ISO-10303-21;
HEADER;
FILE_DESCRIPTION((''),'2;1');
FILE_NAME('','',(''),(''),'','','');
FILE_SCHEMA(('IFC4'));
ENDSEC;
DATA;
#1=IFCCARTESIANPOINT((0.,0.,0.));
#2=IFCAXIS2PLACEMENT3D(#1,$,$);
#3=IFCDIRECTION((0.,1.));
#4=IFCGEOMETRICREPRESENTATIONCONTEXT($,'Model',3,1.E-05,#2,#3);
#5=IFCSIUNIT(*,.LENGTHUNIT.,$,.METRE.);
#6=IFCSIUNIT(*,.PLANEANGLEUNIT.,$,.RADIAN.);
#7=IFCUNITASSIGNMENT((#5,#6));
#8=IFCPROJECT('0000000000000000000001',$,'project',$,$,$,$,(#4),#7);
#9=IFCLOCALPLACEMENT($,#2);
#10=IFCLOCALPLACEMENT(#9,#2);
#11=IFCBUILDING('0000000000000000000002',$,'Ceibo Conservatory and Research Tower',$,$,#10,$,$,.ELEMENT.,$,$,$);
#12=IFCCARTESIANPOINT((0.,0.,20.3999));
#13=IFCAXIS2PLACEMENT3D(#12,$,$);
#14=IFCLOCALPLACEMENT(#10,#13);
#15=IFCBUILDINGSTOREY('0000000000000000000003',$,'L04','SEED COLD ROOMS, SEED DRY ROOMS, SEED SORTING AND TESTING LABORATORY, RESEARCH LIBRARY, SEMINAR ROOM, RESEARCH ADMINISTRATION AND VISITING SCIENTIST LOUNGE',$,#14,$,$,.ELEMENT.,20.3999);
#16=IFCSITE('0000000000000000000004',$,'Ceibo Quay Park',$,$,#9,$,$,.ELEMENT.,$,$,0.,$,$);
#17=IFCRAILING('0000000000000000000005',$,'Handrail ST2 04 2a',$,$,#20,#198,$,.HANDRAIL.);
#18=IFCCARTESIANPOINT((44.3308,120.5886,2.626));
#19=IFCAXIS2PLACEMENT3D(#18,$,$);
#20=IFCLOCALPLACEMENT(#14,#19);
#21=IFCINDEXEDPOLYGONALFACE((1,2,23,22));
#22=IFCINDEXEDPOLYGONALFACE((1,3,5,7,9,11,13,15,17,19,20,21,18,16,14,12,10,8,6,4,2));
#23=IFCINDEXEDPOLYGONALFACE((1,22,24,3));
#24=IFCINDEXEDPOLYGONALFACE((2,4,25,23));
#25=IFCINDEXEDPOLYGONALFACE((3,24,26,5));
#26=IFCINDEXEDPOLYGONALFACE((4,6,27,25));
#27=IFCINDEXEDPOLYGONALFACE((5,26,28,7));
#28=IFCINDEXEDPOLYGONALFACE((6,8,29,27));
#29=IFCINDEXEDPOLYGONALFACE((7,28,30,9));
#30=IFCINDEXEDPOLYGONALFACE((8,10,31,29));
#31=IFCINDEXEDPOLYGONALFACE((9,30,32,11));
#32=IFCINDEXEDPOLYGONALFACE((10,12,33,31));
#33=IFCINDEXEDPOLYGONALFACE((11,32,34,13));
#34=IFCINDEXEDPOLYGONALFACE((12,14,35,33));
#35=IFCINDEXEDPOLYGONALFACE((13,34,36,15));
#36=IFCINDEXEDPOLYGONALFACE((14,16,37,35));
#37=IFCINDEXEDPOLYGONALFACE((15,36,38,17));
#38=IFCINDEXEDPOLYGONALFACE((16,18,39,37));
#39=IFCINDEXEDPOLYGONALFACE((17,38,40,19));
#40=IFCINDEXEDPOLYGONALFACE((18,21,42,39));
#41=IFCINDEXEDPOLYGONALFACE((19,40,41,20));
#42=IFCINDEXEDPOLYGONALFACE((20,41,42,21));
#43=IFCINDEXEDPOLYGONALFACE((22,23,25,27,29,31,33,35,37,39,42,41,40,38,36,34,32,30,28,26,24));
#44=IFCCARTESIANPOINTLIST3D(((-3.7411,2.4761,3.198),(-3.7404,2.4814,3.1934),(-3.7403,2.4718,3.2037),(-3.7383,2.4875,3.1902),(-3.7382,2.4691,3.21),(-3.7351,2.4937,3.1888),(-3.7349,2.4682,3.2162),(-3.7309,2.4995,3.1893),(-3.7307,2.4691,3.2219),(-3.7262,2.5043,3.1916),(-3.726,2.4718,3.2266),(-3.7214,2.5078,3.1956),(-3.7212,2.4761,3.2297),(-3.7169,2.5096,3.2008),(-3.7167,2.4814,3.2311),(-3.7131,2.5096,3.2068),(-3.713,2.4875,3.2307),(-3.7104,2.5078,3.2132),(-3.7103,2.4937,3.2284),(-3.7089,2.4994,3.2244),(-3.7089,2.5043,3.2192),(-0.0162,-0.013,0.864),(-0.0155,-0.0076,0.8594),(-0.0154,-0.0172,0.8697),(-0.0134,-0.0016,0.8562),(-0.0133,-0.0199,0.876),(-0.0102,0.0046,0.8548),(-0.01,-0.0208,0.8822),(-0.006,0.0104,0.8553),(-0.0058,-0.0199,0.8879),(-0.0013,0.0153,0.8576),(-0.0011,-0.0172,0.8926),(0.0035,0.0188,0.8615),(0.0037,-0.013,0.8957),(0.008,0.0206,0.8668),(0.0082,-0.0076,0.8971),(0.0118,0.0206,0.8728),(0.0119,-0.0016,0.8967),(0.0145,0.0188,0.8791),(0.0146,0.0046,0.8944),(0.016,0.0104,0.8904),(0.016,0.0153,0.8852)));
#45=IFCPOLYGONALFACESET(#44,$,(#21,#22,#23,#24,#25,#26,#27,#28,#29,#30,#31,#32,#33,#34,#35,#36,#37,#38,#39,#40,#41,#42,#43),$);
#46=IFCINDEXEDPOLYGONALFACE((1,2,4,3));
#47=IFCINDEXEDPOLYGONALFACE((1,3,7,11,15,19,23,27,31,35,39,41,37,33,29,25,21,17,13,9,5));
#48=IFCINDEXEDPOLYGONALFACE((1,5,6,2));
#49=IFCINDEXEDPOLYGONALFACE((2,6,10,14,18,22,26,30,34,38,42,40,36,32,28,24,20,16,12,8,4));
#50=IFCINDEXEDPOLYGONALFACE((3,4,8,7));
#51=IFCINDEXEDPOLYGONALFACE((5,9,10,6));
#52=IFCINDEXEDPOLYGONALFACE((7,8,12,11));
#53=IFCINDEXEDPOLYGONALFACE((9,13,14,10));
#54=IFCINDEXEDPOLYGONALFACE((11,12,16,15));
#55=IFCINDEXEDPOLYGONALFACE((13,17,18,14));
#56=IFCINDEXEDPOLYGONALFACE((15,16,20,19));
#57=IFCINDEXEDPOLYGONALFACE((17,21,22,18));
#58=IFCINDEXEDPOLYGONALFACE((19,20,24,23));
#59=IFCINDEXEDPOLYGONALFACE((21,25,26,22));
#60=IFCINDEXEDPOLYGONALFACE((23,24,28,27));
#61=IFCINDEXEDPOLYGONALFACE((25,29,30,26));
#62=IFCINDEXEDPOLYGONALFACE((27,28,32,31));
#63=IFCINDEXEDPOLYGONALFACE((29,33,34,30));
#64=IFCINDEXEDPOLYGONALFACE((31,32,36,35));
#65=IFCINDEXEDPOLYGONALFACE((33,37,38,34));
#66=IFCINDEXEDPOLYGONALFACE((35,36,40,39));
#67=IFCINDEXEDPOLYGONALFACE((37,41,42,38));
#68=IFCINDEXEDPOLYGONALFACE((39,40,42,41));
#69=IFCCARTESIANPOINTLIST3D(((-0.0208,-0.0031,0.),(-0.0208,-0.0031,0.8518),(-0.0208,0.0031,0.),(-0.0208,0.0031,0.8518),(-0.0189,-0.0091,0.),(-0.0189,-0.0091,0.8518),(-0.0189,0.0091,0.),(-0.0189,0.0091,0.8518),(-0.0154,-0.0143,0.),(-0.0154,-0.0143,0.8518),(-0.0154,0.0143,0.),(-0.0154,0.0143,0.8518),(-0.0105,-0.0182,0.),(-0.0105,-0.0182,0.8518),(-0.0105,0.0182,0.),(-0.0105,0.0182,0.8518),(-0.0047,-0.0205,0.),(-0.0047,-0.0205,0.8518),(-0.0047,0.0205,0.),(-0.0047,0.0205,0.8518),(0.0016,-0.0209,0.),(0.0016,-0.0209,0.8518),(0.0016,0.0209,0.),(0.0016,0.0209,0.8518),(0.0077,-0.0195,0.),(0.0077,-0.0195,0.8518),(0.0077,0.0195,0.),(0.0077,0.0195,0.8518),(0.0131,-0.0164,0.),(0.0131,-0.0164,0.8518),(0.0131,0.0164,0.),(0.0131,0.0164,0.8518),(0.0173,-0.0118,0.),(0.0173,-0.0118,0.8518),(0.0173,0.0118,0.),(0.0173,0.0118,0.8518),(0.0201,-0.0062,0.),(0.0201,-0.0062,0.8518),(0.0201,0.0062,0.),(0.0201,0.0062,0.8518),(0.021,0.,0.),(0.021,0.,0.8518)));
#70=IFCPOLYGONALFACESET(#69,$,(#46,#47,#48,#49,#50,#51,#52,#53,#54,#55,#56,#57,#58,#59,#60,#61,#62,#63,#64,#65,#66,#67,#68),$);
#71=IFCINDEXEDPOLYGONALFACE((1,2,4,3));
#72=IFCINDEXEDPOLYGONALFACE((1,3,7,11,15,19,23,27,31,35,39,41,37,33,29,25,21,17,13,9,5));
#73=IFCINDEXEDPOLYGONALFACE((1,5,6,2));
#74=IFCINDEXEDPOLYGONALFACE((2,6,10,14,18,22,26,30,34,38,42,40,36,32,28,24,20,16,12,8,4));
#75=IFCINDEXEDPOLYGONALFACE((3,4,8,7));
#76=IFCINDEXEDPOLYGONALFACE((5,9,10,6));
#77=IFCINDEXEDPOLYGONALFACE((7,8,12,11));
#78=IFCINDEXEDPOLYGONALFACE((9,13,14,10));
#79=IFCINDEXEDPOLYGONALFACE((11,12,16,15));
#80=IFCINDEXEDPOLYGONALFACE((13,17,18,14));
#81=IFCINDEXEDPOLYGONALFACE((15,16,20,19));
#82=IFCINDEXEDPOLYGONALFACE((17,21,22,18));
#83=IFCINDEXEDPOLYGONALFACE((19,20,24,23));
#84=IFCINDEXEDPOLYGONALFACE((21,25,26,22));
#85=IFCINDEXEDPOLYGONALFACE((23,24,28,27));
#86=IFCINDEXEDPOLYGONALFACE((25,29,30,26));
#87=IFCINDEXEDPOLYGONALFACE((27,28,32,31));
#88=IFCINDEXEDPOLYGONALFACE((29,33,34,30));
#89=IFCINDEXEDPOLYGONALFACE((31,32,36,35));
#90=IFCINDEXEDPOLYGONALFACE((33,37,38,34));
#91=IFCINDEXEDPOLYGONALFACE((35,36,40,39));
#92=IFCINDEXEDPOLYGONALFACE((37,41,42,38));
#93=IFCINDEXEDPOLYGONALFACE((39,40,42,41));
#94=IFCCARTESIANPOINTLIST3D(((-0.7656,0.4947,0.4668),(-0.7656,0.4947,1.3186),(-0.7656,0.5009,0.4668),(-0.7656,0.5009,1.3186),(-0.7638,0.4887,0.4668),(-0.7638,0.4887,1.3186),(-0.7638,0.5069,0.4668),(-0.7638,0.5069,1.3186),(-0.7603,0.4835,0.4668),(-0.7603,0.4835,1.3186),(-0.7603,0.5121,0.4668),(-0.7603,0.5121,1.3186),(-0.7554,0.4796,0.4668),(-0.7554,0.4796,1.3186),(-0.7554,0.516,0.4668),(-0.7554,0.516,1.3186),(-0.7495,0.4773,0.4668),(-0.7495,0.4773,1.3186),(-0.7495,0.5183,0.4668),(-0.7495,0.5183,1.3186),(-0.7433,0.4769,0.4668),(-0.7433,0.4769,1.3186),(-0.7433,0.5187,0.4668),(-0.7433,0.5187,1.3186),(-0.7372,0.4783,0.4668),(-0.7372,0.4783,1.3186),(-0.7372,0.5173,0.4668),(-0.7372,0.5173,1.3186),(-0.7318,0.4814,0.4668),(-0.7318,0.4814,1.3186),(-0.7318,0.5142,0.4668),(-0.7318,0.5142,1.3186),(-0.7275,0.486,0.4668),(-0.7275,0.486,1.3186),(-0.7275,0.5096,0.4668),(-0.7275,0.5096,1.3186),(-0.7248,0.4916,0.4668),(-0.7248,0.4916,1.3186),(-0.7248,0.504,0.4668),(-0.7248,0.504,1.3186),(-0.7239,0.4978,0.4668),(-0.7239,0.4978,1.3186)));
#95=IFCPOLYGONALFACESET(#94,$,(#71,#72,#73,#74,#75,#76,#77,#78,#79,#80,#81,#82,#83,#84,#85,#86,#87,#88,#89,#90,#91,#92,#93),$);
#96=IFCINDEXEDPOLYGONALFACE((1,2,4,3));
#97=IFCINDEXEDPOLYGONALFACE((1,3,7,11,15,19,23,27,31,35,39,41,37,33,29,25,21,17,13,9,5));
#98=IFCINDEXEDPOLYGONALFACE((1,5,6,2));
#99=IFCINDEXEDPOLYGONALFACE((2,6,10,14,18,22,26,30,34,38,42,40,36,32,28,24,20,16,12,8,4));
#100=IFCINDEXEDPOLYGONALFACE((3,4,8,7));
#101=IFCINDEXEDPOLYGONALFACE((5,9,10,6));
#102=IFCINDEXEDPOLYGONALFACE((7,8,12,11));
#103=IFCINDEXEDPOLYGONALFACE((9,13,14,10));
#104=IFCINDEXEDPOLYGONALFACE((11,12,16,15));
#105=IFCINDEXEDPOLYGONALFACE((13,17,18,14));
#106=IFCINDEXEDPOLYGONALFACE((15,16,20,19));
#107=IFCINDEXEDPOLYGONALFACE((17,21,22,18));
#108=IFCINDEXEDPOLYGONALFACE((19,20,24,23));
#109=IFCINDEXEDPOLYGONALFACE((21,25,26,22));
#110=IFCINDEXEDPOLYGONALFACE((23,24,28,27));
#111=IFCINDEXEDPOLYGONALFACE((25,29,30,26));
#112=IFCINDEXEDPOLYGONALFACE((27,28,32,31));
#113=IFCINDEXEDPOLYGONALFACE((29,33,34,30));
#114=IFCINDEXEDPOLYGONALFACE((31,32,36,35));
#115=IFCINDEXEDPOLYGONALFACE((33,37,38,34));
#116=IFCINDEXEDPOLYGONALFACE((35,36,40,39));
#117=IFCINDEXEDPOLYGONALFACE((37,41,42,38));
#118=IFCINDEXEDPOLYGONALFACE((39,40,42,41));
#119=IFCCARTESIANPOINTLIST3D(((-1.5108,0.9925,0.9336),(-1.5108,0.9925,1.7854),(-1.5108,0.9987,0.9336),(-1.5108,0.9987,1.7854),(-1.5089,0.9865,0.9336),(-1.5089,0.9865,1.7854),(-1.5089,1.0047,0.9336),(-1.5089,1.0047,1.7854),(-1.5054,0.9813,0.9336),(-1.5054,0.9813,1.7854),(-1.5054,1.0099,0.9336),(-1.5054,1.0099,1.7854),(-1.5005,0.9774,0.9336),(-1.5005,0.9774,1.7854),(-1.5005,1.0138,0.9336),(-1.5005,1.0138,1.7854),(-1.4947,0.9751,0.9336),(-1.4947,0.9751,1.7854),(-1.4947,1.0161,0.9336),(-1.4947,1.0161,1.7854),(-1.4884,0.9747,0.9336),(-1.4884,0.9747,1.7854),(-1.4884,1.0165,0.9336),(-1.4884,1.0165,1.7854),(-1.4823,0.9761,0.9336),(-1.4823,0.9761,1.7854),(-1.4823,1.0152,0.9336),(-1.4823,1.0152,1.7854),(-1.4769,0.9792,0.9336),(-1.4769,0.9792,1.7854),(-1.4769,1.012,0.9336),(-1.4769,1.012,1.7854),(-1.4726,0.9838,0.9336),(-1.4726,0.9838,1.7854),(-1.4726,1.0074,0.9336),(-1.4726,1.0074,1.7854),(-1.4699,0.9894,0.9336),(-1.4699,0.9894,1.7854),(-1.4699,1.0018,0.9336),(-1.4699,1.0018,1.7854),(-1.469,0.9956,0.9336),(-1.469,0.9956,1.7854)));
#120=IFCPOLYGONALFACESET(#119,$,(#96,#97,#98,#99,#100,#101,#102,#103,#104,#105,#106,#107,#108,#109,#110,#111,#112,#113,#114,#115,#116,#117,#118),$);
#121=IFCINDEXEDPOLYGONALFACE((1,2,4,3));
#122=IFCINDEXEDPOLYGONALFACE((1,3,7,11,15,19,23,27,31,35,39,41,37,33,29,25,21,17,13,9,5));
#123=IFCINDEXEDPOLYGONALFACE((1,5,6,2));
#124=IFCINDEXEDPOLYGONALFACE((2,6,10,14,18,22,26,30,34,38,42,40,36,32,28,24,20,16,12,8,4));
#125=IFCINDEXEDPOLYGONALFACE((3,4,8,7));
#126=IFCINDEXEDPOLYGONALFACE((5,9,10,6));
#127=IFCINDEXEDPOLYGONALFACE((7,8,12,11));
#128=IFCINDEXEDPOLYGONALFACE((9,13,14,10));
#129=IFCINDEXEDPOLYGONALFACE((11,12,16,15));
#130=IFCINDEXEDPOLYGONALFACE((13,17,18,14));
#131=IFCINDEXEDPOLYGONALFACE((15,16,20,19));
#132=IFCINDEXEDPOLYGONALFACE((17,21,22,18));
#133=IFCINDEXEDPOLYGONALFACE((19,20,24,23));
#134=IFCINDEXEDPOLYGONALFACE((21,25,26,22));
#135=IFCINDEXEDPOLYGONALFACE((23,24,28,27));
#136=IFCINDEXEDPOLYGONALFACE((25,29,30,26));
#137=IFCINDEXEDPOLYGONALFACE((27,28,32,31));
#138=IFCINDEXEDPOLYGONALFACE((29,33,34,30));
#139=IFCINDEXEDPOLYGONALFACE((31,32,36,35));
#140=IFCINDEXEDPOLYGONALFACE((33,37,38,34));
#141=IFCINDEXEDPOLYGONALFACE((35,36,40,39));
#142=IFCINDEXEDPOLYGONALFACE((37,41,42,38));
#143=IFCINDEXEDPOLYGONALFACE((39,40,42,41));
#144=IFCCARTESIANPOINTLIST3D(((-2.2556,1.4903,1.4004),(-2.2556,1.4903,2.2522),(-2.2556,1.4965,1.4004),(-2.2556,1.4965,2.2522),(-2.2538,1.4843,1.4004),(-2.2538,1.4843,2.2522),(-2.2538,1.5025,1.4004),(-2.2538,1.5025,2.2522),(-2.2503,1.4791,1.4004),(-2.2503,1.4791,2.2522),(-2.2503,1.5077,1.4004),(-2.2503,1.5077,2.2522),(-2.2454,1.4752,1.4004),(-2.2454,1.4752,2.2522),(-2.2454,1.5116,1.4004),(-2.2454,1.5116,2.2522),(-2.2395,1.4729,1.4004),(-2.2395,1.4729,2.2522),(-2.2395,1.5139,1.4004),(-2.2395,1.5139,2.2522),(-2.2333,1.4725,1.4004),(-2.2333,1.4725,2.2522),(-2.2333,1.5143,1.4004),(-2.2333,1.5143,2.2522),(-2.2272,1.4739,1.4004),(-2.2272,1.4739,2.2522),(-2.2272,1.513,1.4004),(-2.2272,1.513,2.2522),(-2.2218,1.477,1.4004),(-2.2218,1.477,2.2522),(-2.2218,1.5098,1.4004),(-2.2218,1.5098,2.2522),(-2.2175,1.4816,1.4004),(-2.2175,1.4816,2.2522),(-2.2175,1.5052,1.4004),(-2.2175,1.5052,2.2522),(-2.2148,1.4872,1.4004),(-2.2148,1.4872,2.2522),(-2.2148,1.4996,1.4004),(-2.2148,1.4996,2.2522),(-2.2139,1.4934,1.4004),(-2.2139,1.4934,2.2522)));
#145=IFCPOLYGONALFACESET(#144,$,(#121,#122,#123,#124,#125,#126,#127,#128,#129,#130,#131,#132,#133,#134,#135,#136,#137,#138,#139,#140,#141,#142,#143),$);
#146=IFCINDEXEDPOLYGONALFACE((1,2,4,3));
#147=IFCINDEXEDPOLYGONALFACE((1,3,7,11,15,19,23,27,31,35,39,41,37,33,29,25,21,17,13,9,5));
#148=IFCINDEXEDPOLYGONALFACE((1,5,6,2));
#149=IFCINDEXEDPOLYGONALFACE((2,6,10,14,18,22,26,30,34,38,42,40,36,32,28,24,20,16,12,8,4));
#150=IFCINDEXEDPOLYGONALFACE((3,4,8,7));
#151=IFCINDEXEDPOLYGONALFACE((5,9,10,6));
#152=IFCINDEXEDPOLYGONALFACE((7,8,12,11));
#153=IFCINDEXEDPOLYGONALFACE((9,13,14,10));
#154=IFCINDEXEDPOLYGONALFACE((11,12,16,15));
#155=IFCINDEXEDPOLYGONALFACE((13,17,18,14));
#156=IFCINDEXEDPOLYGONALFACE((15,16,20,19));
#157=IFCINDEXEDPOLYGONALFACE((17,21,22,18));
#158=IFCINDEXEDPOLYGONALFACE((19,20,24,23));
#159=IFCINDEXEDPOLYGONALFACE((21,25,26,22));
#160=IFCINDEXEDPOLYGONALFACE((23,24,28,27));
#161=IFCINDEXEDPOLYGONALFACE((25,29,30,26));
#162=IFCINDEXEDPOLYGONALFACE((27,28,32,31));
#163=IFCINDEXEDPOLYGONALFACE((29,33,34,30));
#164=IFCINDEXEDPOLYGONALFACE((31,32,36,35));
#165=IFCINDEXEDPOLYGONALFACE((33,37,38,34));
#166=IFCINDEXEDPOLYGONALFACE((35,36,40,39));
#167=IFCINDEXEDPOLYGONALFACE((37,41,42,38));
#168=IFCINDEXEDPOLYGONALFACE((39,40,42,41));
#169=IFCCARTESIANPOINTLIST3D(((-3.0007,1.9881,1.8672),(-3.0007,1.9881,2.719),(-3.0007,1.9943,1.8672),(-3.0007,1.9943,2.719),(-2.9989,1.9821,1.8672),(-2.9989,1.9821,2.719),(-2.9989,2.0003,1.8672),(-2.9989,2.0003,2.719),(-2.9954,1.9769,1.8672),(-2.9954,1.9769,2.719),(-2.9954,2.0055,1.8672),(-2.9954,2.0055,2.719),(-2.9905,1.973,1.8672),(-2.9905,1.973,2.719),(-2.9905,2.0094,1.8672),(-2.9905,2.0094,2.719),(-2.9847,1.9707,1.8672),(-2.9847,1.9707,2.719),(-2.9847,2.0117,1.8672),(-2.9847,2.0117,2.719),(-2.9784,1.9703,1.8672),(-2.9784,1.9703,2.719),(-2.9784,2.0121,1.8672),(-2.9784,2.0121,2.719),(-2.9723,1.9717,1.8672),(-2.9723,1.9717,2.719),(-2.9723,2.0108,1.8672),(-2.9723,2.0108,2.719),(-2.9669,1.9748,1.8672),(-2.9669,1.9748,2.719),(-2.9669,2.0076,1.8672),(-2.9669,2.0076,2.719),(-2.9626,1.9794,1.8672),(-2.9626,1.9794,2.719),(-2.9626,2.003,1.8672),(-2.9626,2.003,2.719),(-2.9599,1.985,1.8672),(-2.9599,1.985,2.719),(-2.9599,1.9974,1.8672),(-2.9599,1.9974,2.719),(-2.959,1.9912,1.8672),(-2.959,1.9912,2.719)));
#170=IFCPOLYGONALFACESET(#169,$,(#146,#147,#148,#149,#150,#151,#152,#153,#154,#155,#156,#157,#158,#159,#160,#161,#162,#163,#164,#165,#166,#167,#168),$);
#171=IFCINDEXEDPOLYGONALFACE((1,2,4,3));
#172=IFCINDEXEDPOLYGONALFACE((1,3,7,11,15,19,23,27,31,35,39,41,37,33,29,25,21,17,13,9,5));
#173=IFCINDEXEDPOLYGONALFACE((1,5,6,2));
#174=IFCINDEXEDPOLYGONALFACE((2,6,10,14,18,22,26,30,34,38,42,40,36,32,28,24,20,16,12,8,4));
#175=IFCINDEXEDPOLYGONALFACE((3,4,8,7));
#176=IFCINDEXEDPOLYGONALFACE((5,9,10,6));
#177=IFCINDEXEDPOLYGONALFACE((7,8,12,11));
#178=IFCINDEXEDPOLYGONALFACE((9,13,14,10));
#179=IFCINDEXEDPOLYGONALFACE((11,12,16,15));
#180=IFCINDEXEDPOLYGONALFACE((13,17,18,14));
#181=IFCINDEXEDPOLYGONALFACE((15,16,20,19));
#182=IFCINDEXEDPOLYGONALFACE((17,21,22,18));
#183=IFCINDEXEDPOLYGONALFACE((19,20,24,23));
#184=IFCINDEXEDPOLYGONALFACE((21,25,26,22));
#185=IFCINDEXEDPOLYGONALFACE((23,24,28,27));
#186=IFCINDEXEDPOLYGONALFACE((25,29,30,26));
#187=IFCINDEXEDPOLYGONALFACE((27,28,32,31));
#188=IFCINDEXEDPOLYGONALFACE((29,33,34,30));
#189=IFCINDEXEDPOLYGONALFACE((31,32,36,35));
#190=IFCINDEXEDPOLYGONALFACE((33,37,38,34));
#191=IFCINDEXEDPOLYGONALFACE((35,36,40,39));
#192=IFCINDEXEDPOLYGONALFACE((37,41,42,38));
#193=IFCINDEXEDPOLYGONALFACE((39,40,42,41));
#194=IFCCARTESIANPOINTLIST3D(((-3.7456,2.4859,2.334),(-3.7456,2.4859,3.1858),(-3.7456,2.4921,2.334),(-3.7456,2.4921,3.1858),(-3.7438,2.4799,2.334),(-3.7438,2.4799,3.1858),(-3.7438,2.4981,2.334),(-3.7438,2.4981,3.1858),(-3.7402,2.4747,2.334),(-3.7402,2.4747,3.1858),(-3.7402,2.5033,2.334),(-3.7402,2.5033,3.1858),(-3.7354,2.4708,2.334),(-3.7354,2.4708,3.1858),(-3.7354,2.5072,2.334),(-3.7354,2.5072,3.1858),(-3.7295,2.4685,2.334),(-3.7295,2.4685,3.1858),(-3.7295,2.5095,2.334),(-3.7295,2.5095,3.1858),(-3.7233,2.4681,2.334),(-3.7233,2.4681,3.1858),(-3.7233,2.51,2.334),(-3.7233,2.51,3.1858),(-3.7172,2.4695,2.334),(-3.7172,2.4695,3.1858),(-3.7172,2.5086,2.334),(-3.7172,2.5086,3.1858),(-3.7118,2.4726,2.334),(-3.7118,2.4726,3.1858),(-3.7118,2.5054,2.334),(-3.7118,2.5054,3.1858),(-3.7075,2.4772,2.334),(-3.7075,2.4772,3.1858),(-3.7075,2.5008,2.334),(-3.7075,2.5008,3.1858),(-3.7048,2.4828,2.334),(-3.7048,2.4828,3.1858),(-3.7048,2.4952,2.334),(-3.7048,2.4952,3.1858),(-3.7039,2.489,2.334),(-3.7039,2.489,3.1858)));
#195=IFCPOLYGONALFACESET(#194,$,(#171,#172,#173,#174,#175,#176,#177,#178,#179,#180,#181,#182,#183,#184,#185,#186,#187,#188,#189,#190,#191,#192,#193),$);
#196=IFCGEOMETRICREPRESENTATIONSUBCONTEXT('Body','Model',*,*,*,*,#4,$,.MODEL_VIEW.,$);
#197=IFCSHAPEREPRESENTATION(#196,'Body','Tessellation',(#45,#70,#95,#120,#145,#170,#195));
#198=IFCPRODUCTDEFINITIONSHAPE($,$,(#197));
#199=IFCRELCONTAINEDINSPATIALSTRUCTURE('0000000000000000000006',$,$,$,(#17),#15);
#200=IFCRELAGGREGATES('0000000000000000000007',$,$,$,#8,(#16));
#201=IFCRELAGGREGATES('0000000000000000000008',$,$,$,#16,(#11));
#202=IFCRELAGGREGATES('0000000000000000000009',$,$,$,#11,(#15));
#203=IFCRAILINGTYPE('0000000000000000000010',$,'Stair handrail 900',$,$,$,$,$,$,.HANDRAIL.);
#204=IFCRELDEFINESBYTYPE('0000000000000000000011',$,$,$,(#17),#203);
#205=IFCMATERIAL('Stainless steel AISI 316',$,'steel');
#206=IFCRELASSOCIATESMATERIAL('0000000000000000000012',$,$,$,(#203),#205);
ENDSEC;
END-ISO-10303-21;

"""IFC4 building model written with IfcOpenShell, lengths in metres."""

from ifc_helpers import new_model, si_unit, direction, frame, origin, origin_2d, place, context, subcontext, project, spatial, circle, extrude, material, type_object, element, save


model = new_model("IFC4")

# Units and contexts
model_context = context("Model", 3, precision=1e-05, world=origin(), true_north=direction((0.0, 1.0)))
body_context = subcontext(model_context, "Body", "Model", "MODEL_VIEW")
ifc_project = project(units=[si_unit("LENGTHUNIT", "METRE"), si_unit("PLANEANGLEUNIT", "RADIAN")], contexts=[model_context])

# Site, building, storey
site_placement = place(None, origin())
site = spatial("IfcSite", under=ifc_project, at=site_placement, Name="Ceibo Quay Park", CompositionType="ELEMENT", RefElevation=0.0)
building_placement = place(site_placement, origin())
building = spatial("IfcBuilding", under=site, at=building_placement, Name="Ceibo Conservatory and Research Tower", CompositionType="ELEMENT")
storey_placement = place(building_placement, frame((0.0, 0.0, 20.3999)))
storey = spatial("IfcBuildingStorey", under=building, at=storey_placement, Name="L04", Description="SEED COLD ROOMS, SEED DRY ROOMS, SEED SORTING AND TESTING LABORATORY, RESEARCH LIBRARY, SEMINAR ROOM, RESEARCH ADMINISTRATION AND VISITING SCIENTIST LOUNGE", CompositionType="ELEMENT", Elevation=20.3999)

# Railing
ifc_material_1 = material(Name="Stainless steel AISI 316", Category="steel")
railing_type = type_object("IfcRailingType", Name="Stair handrail 900", PredefinedType="HANDRAIL", material=ifc_material_1)
railing_1_placement = place(storey_placement, frame((44.3308, 120.5886, 2.626)))
element("IfcRailing", 1, at=railing_1_placement, inside=storey, type_object=railing_type, Name="Handrail ST2 04 2a", PredefinedType="HANDRAIL", context=body_context, shape_type="SweptSolid", body=[
    extrude(circle(Radius=0.0239, at=origin_2d()), frame((0.0, 0.0, 0.876), z_axis=(-0.737382, 0.492732, 0.462042), x_axis=(-0.555593, -0.831455, 0.0)), (0.0, 0.0, 1.0), 5.0515),
    extrude(circle(Radius=0.021, at=origin_2d()), origin(), (0.0, 0.0, 1.0), 0.8518),
    extrude(circle(Radius=0.021, at=origin_2d()), frame((-0.7449, 0.4978, 0.4668)), (0.0, 0.0, 1.0), 0.8518),
    extrude(circle(Radius=0.021, at=origin_2d()), frame((-1.49, 0.9956, 0.9336)), (0.0, 0.0, 1.0), 0.8518),
    extrude(circle(Radius=0.021, at=origin_2d()), frame((-2.2349, 1.4934, 1.4004)), (0.0, 0.0, 1.0), 0.8518),
    extrude(circle(Radius=0.021, at=origin_2d()), frame((-2.98, 1.9912, 1.8672)), (0.0, 0.0, 1.0), 0.8518),
    extrude(circle(Radius=0.021, at=origin_2d()), frame((-3.7249, 2.489, 2.334)), (0.0, 0.0, 1.0), 0.8518),
])

save(model, "model.ifc")
